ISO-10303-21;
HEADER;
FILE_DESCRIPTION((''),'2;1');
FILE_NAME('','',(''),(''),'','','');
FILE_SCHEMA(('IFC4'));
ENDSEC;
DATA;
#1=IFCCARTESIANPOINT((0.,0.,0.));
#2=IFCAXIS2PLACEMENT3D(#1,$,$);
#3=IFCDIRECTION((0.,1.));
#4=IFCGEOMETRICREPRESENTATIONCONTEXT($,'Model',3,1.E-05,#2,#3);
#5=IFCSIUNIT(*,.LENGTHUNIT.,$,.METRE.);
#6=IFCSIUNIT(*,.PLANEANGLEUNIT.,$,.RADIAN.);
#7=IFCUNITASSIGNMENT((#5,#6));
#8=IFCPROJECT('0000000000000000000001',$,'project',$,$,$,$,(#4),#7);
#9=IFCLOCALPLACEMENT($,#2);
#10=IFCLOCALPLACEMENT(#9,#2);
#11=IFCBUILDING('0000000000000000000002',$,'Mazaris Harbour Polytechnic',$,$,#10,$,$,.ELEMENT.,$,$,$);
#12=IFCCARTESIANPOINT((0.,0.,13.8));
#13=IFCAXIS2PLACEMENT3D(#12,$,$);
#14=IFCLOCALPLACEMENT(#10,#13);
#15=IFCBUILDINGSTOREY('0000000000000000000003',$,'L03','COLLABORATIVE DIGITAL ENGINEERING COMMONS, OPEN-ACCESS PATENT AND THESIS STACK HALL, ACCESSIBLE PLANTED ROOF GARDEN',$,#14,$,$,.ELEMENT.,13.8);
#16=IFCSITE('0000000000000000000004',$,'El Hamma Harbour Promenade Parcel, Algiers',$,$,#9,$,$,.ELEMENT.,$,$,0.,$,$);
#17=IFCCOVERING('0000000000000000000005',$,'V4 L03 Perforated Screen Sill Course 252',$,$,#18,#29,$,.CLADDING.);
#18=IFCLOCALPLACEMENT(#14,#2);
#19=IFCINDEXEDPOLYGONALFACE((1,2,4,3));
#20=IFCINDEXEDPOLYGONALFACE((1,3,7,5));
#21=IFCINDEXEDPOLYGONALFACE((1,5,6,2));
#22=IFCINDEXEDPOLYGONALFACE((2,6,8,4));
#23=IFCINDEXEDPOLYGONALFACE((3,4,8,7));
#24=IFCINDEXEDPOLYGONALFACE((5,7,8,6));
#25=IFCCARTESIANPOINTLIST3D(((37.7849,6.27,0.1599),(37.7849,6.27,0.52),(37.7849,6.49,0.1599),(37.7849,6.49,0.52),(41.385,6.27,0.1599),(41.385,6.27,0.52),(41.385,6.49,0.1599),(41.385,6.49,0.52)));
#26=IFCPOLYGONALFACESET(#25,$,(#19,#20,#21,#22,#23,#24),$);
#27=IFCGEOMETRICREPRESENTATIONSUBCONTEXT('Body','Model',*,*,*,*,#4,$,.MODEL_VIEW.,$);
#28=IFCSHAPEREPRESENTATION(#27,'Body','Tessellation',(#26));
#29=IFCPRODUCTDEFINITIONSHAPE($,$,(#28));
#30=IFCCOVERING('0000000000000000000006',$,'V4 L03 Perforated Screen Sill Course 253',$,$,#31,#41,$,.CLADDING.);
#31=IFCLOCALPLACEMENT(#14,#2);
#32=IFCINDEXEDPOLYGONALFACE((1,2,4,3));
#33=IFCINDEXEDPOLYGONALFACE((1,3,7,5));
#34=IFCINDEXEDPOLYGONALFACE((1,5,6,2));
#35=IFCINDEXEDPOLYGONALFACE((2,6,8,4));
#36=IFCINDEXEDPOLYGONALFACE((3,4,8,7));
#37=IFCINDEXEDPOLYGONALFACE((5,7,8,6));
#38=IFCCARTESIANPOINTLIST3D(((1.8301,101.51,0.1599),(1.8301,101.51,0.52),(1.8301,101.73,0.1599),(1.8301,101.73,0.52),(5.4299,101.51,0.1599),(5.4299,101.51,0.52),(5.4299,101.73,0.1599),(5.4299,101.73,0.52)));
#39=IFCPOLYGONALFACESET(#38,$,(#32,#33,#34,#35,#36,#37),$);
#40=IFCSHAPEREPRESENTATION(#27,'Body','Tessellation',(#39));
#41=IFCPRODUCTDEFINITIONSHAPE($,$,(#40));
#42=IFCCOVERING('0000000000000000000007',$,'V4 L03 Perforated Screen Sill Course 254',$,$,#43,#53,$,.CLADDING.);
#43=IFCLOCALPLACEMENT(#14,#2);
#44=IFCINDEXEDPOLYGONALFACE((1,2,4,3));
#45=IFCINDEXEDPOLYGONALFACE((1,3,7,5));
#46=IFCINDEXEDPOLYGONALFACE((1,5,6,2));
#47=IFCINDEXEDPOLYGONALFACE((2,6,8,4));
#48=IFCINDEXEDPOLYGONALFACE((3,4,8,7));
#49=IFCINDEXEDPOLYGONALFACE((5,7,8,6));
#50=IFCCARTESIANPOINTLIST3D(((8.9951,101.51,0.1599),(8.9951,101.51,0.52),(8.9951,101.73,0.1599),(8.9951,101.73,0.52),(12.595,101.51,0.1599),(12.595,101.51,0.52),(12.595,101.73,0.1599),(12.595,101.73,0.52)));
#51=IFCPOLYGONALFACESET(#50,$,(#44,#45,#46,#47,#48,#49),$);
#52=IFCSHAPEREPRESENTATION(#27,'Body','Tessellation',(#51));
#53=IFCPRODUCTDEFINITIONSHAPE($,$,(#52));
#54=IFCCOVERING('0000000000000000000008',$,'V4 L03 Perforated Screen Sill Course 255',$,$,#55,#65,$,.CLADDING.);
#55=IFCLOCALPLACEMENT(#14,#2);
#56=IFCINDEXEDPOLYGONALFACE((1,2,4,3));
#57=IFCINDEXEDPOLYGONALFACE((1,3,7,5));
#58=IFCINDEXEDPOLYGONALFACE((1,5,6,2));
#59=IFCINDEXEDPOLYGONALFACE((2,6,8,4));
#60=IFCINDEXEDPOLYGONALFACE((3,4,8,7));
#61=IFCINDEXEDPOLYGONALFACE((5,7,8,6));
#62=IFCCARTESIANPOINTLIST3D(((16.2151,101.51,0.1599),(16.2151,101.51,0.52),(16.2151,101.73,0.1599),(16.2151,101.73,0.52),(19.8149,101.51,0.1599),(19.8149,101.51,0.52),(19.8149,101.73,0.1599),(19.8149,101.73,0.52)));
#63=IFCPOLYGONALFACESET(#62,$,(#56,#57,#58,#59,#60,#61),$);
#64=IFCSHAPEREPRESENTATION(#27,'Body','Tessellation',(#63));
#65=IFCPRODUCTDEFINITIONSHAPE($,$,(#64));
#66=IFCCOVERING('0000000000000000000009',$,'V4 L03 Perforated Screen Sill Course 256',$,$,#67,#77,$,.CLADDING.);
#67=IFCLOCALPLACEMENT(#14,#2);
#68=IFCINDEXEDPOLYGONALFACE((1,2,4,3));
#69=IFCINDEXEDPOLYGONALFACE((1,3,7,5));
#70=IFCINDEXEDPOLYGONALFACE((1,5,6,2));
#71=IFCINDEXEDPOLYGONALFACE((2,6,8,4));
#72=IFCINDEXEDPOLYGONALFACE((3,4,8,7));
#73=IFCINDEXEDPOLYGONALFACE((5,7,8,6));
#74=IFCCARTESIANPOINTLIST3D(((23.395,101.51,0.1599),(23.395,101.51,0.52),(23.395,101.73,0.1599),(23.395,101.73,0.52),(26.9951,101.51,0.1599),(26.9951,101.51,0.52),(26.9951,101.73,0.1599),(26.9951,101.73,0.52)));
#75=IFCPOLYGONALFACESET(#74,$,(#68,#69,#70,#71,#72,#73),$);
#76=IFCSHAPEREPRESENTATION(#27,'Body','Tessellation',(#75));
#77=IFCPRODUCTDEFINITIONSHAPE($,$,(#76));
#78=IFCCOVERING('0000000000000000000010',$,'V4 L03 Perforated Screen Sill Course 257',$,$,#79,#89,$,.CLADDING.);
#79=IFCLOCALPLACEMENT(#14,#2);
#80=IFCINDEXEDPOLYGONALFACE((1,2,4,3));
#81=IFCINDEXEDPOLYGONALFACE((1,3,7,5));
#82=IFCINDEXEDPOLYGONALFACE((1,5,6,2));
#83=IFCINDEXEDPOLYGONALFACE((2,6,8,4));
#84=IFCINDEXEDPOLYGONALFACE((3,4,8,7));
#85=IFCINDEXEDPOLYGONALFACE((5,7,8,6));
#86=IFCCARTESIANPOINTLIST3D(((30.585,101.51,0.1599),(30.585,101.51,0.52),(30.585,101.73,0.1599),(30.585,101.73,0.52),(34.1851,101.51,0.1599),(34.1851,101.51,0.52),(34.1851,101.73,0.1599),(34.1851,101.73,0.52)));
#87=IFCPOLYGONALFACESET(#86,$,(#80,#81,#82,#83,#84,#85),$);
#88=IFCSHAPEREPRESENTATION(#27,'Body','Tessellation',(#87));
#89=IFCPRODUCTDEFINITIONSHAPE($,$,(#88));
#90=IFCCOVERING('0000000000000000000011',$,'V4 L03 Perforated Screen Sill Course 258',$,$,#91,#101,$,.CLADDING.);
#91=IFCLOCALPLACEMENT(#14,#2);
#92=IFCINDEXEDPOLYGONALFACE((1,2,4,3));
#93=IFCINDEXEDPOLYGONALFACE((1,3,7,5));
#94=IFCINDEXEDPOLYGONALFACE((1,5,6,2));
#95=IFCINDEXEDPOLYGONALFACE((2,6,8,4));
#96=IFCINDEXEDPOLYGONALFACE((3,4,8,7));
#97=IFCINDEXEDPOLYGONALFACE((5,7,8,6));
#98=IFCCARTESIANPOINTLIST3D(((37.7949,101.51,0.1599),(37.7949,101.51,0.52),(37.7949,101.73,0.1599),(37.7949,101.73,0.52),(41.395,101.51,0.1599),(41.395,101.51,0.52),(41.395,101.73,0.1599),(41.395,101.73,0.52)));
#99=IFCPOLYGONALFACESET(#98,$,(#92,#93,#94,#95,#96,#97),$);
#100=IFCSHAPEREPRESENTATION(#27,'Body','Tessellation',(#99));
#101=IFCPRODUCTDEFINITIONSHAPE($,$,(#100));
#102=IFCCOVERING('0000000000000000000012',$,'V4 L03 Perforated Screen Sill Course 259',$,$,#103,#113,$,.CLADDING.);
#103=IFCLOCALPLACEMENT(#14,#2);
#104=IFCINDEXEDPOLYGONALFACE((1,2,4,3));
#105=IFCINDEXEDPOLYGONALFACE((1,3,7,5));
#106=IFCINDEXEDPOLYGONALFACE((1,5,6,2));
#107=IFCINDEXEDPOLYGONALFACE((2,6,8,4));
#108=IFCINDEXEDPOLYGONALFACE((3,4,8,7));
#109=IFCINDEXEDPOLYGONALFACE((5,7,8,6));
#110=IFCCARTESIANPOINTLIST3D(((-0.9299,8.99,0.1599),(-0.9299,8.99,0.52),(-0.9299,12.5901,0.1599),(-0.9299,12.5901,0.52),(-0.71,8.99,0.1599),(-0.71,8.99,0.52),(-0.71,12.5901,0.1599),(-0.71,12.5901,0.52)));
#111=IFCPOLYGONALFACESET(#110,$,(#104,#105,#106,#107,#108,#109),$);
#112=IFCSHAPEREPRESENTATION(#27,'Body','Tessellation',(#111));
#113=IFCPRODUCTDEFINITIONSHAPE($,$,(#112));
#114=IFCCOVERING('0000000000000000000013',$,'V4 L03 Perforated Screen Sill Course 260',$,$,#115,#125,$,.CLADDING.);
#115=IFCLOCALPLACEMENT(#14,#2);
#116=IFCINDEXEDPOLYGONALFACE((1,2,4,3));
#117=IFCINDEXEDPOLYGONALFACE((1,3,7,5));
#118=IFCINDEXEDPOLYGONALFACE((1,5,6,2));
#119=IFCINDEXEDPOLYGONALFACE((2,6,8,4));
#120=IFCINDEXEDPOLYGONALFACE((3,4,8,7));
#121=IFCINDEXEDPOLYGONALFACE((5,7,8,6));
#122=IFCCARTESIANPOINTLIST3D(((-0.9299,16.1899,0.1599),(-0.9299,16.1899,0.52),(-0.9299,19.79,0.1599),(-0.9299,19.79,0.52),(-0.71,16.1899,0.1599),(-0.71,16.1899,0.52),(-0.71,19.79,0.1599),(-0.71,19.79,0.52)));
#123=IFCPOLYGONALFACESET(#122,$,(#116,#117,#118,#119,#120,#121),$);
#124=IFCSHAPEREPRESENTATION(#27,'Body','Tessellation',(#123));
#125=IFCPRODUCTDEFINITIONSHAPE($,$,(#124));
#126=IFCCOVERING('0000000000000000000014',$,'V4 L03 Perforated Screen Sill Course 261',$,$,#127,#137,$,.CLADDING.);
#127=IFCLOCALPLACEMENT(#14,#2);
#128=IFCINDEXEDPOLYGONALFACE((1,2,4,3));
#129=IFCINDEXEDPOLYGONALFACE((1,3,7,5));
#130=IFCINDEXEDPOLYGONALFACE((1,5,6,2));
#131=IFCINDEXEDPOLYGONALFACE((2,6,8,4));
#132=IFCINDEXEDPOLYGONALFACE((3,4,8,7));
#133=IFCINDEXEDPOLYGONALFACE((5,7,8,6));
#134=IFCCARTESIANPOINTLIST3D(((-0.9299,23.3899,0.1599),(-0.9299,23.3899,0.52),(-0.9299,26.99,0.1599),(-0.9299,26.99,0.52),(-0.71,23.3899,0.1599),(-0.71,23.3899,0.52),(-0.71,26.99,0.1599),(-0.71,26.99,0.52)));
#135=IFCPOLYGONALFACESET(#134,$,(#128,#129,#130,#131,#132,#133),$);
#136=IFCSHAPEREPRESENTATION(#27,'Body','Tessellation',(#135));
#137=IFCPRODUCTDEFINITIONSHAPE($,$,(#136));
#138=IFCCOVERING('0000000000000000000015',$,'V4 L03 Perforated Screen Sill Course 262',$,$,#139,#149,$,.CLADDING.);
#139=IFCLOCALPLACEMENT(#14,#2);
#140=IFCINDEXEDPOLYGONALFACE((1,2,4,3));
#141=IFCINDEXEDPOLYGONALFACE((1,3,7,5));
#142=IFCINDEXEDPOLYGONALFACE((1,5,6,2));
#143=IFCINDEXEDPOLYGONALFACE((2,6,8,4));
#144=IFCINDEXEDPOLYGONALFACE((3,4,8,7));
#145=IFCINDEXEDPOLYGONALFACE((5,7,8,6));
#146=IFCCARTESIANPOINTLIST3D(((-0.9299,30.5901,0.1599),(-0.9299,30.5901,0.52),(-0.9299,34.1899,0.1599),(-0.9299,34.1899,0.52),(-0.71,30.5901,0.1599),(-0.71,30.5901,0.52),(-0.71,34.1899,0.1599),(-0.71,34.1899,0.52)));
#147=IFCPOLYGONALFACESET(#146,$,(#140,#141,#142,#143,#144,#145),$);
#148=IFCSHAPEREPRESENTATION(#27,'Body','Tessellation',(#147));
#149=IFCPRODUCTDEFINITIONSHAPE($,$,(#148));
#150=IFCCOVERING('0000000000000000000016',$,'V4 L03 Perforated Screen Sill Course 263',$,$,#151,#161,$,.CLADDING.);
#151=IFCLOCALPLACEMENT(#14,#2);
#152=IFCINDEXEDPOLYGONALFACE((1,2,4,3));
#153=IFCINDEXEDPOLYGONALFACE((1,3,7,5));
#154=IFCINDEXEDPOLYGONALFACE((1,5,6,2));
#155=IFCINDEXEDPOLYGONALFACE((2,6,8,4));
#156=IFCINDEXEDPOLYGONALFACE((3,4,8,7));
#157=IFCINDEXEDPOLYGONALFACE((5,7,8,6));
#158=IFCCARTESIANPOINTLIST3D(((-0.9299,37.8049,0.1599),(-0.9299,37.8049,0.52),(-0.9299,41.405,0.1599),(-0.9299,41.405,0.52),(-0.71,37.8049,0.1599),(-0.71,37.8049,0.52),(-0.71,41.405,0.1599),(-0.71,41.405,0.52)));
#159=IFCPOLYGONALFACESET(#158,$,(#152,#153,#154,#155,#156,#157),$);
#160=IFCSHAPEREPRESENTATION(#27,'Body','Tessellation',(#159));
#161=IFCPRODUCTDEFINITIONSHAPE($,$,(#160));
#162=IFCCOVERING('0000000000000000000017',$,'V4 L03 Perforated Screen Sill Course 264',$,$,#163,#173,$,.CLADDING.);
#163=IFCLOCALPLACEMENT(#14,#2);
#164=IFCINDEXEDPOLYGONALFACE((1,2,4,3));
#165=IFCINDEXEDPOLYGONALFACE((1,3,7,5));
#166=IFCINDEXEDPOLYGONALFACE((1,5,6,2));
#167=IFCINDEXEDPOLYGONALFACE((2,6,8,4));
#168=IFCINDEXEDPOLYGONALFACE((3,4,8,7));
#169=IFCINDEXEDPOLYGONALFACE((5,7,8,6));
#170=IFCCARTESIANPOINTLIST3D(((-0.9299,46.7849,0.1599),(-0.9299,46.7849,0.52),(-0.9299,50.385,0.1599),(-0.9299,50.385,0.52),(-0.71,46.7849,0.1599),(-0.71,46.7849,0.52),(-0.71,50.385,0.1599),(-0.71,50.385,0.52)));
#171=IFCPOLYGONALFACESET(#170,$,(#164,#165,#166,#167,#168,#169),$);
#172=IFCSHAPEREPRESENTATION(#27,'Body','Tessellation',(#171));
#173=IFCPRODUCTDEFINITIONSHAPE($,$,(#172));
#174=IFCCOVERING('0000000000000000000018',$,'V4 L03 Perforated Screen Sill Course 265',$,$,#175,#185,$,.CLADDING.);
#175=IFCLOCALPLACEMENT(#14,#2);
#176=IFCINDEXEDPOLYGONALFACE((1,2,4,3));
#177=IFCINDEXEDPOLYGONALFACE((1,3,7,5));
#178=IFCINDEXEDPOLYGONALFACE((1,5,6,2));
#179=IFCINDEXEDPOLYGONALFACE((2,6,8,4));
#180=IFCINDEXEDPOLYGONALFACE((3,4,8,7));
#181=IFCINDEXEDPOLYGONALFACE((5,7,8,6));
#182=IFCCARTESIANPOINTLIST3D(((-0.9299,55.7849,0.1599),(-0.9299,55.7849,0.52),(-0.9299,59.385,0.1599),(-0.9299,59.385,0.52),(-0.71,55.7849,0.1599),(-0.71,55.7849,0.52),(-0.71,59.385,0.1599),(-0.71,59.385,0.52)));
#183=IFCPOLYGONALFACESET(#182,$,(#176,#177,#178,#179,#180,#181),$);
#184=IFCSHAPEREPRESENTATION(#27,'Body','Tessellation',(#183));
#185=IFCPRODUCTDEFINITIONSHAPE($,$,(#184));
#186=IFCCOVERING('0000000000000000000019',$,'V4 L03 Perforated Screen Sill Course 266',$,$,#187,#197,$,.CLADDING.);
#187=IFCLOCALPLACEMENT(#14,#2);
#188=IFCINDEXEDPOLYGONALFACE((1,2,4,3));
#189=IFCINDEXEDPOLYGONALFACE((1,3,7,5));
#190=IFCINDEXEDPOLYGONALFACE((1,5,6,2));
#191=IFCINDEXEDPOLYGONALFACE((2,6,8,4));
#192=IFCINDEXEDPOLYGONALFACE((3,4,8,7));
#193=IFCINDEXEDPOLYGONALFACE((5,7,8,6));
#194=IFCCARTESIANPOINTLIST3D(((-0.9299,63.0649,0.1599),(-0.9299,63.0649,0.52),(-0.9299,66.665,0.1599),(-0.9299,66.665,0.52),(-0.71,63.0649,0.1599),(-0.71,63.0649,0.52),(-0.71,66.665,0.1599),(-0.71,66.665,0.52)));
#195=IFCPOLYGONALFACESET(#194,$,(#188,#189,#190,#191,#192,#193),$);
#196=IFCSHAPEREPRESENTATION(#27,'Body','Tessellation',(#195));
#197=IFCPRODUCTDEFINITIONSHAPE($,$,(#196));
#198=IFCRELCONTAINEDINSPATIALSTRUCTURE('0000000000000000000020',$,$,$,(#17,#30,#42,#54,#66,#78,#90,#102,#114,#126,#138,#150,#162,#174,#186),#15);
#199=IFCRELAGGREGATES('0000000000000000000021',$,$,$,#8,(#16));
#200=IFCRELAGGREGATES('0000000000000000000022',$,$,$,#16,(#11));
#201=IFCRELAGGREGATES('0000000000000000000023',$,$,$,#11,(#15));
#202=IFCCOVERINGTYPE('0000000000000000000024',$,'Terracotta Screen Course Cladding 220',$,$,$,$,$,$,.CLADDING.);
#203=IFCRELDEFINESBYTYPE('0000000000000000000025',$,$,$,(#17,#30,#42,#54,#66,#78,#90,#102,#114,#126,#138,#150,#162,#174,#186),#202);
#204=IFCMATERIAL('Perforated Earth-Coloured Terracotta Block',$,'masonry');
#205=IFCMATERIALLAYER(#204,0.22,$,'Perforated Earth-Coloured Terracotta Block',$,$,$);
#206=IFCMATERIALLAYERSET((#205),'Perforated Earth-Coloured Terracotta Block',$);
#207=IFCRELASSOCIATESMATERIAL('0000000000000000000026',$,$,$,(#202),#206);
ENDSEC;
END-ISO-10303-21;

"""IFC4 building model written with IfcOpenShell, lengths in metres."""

from ifc_helpers import new_model, si_unit, direction, frame, origin, place, context, subcontext, project, spatial, polyline, outline, extrude, material, layer, layer_set, type_object, element, save


model = new_model("IFC4")

# Units and contexts
model_context = context("Model", 3, precision=1e-05, world=origin(), true_north=direction((0.0, 1.0)))
body_context = subcontext(model_context, "Body", "Model", "MODEL_VIEW")
ifc_project = project(units=[si_unit("LENGTHUNIT", "METRE"), si_unit("PLANEANGLEUNIT", "RADIAN")], contexts=[model_context])

# Site, building, storey
site_placement = place(None, origin())
site = spatial("IfcSite", under=ifc_project, at=site_placement, Name="El Hamma Harbour Promenade Parcel, Algiers", CompositionType="ELEMENT", RefElevation=0.0)
building_placement = place(site_placement, origin())
building = spatial("IfcBuilding", under=site, at=building_placement, Name="Mazaris Harbour Polytechnic", CompositionType="ELEMENT")
storey_placement = place(building_placement, frame((0.0, 0.0, 13.8)))
storey = spatial("IfcBuildingStorey", under=building, at=storey_placement, Name="L03", Description="COLLABORATIVE DIGITAL ENGINEERING COMMONS, OPEN-ACCESS PATENT AND THESIS STACK HALL, ACCESSIBLE PLANTED ROOF GARDEN", CompositionType="ELEMENT", Elevation=13.8)

# Coverings
ifc_material = material(Name="Perforated Earth-Coloured Terracotta Block", Category="masonry")
ifc_layer = layer(ifc_material, 0.22, Name="Perforated Earth-Coloured Terracotta Block")
ifc_layer_set = layer_set([ifc_layer], Name="Perforated Earth-Coloured Terracotta Block")
covering_type = type_object("IfcCoveringType", Name="Terracotta Screen Course Cladding 220", PredefinedType="CLADDING", material=ifc_layer_set)
covering_1_placement = place(storey_placement, frame((0.0, 0.0, 0.1599)))
element("IfcCovering", 1, at=covering_1_placement, inside=storey, type_object=covering_type, Name="V4 L03 Perforated Screen Sill Course 252", PredefinedType="CLADDING", context=body_context, shape_type="SweptSolid", body=[
    extrude(outline(polyline([(41.385, 6.49), (37.7849, 6.49), (37.7849, 6.27), (41.385, 6.27), (41.385, 6.49)])), origin(), (0.0, 0.0, 1.0), 0.3601),
])
covering_2_placement = place(storey_placement, frame((0.0, 0.0, 0.1599)))
element("IfcCovering", 2, at=covering_2_placement, inside=storey, type_object=covering_type, Name="V4 L03 Perforated Screen Sill Course 253", PredefinedType="CLADDING", context=body_context, shape_type="SweptSolid", body=[
    extrude(outline(polyline([(1.8301, 101.51), (5.4299, 101.51), (5.4299, 101.73), (1.8301, 101.73), (1.8301, 101.51)])), origin(), (0.0, 0.0, 1.0), 0.3601),
])
covering_3_placement = place(storey_placement, frame((0.0, 0.0, 0.1599)))
element("IfcCovering", 3, at=covering_3_placement, inside=storey, type_object=covering_type, Name="V4 L03 Perforated Screen Sill Course 254", PredefinedType="CLADDING", context=body_context, shape_type="SweptSolid", body=[
    extrude(outline(polyline([(8.9951, 101.51), (12.595, 101.51), (12.595, 101.73), (8.9951, 101.73), (8.9951, 101.51)])), origin(), (0.0, 0.0, 1.0), 0.3601),
])
covering_4_placement = place(storey_placement, frame((0.0, 0.0, 0.1599)))
element("IfcCovering", 4, at=covering_4_placement, inside=storey, type_object=covering_type, Name="V4 L03 Perforated Screen Sill Course 255", PredefinedType="CLADDING", context=body_context, shape_type="SweptSolid", body=[
    extrude(outline(polyline([(16.2151, 101.51), (19.8149, 101.51), (19.8149, 101.73), (16.2151, 101.73), (16.2151, 101.51)])), origin(), (0.0, 0.0, 1.0), 0.3601),
])
covering_5_placement = place(storey_placement, frame((0.0, 0.0, 0.1599)))
element("IfcCovering", 5, at=covering_5_placement, inside=storey, type_object=covering_type, Name="V4 L03 Perforated Screen Sill Course 256", PredefinedType="CLADDING", context=body_context, shape_type="SweptSolid", body=[
    extrude(outline(polyline([(23.395, 101.51), (26.9951, 101.51), (26.9951, 101.73), (23.395, 101.73), (23.395, 101.51)])), origin(), (0.0, 0.0, 1.0), 0.3601),
])
covering_6_placement = place(storey_placement, frame((0.0, 0.0, 0.1599)))
element("IfcCovering", 6, at=covering_6_placement, inside=storey, type_object=covering_type, Name="V4 L03 Perforated Screen Sill Course 257", PredefinedType="CLADDING", context=body_context, shape_type="SweptSolid", body=[
    extrude(outline(polyline([(30.585, 101.51), (34.1851, 101.51), (34.1851, 101.73), (30.585, 101.73), (30.585, 101.51)])), origin(), (0.0, 0.0, 1.0), 0.3601),
])
covering_7_placement = place(storey_placement, frame((0.0, 0.0, 0.1599)))
element("IfcCovering", 7, at=covering_7_placement, inside=storey, type_object=covering_type, Name="V4 L03 Perforated Screen Sill Course 258", PredefinedType="CLADDING", context=body_context, shape_type="SweptSolid", body=[
    extrude(outline(polyline([(37.7949, 101.51), (41.395, 101.51), (41.395, 101.73), (37.7949, 101.73), (37.7949, 101.51)])), origin(), (0.0, 0.0, 1.0), 0.3601),
])
covering_8_placement = place(storey_placement, frame((0.0, 0.0, 0.1599)))
element("IfcCovering", 8, at=covering_8_placement, inside=storey, type_object=covering_type, Name="V4 L03 Perforated Screen Sill Course 259", PredefinedType="CLADDING", context=body_context, shape_type="SweptSolid", body=[
    extrude(outline(polyline([(-0.71, 8.99), (-0.71, 12.5901), (-0.9299, 12.5901), (-0.9299, 8.99), (-0.71, 8.99)])), origin(), (0.0, 0.0, 1.0), 0.3601),
])
covering_9_placement = place(storey_placement, frame((0.0, 0.0, 0.1599)))
element("IfcCovering", 9, at=covering_9_placement, inside=storey, type_object=covering_type, Name="V4 L03 Perforated Screen Sill Course 260", PredefinedType="CLADDING", context=body_context, shape_type="SweptSolid", body=[
    extrude(outline(polyline([(-0.71, 16.1899), (-0.71, 19.79), (-0.9299, 19.79), (-0.9299, 16.1899), (-0.71, 16.1899)])), origin(), (0.0, 0.0, 1.0), 0.3601),
])
covering_10_placement = place(storey_placement, frame((0.0, 0.0, 0.1599)))
element("IfcCovering", 10, at=covering_10_placement, inside=storey, type_object=covering_type, Name="V4 L03 Perforated Screen Sill Course 261", PredefinedType="CLADDING", context=body_context, shape_type="SweptSolid", body=[
    extrude(outline(polyline([(-0.71, 23.3899), (-0.71, 26.99), (-0.9299, 26.99), (-0.9299, 23.3899), (-0.71, 23.3899)])), origin(), (0.0, 0.0, 1.0), 0.3601),
])
covering_11_placement = place(storey_placement, frame((0.0, 0.0, 0.1599)))
element("IfcCovering", 11, at=covering_11_placement, inside=storey, type_object=covering_type, Name="V4 L03 Perforated Screen Sill Course 262", PredefinedType="CLADDING", context=body_context, shape_type="SweptSolid", body=[
    extrude(outline(polyline([(-0.71, 30.5901), (-0.71, 34.1899), (-0.9299, 34.1899), (-0.9299, 30.5901), (-0.71, 30.5901)])), origin(), (0.0, 0.0, 1.0), 0.3601),
])
covering_12_placement = place(storey_placement, frame((0.0, 0.0, 0.1599)))
element("IfcCovering", 12, at=covering_12_placement, inside=storey, type_object=covering_type, Name="V4 L03 Perforated Screen Sill Course 263", PredefinedType="CLADDING", context=body_context, shape_type="SweptSolid", body=[
    extrude(outline(polyline([(-0.71, 37.8049), (-0.71, 41.405), (-0.9299, 41.405), (-0.9299, 37.8049), (-0.71, 37.8049)])), origin(), (0.0, 0.0, 1.0), 0.3601),
])
covering_13_placement = place(storey_placement, frame((0.0, 0.0, 0.1599)))
element("IfcCovering", 13, at=covering_13_placement, inside=storey, type_object=covering_type, Name="V4 L03 Perforated Screen Sill Course 264", PredefinedType="CLADDING", context=body_context, shape_type="SweptSolid", body=[
    extrude(outline(polyline([(-0.71, 46.7849), (-0.71, 50.385), (-0.9299, 50.385), (-0.9299, 46.7849), (-0.71, 46.7849)])), origin(), (0.0, 0.0, 1.0), 0.3601),
])
covering_14_placement = place(storey_placement, frame((0.0, 0.0, 0.1599)))
element("IfcCovering", 14, at=covering_14_placement, inside=storey, type_object=covering_type, Name="V4 L03 Perforated Screen Sill Course 265", PredefinedType="CLADDING", context=body_context, shape_type="SweptSolid", body=[
    extrude(outline(polyline([(-0.71, 55.7849), (-0.71, 59.385), (-0.9299, 59.385), (-0.9299, 55.7849), (-0.71, 55.7849)])), origin(), (0.0, 0.0, 1.0), 0.3601),
])
covering_15_placement = place(storey_placement, frame((0.0, 0.0, 0.1599)))
element("IfcCovering", 15, at=covering_15_placement, inside=storey, type_object=covering_type, Name="V4 L03 Perforated Screen Sill Course 266", PredefinedType="CLADDING", context=body_context, shape_type="SweptSolid", body=[
    extrude(outline(polyline([(-0.71, 63.0649), (-0.71, 66.665), (-0.9299, 66.665), (-0.9299, 63.0649), (-0.71, 63.0649)])), origin(), (0.0, 0.0, 1.0), 0.3601),
])

save(model, "model.ifc")
